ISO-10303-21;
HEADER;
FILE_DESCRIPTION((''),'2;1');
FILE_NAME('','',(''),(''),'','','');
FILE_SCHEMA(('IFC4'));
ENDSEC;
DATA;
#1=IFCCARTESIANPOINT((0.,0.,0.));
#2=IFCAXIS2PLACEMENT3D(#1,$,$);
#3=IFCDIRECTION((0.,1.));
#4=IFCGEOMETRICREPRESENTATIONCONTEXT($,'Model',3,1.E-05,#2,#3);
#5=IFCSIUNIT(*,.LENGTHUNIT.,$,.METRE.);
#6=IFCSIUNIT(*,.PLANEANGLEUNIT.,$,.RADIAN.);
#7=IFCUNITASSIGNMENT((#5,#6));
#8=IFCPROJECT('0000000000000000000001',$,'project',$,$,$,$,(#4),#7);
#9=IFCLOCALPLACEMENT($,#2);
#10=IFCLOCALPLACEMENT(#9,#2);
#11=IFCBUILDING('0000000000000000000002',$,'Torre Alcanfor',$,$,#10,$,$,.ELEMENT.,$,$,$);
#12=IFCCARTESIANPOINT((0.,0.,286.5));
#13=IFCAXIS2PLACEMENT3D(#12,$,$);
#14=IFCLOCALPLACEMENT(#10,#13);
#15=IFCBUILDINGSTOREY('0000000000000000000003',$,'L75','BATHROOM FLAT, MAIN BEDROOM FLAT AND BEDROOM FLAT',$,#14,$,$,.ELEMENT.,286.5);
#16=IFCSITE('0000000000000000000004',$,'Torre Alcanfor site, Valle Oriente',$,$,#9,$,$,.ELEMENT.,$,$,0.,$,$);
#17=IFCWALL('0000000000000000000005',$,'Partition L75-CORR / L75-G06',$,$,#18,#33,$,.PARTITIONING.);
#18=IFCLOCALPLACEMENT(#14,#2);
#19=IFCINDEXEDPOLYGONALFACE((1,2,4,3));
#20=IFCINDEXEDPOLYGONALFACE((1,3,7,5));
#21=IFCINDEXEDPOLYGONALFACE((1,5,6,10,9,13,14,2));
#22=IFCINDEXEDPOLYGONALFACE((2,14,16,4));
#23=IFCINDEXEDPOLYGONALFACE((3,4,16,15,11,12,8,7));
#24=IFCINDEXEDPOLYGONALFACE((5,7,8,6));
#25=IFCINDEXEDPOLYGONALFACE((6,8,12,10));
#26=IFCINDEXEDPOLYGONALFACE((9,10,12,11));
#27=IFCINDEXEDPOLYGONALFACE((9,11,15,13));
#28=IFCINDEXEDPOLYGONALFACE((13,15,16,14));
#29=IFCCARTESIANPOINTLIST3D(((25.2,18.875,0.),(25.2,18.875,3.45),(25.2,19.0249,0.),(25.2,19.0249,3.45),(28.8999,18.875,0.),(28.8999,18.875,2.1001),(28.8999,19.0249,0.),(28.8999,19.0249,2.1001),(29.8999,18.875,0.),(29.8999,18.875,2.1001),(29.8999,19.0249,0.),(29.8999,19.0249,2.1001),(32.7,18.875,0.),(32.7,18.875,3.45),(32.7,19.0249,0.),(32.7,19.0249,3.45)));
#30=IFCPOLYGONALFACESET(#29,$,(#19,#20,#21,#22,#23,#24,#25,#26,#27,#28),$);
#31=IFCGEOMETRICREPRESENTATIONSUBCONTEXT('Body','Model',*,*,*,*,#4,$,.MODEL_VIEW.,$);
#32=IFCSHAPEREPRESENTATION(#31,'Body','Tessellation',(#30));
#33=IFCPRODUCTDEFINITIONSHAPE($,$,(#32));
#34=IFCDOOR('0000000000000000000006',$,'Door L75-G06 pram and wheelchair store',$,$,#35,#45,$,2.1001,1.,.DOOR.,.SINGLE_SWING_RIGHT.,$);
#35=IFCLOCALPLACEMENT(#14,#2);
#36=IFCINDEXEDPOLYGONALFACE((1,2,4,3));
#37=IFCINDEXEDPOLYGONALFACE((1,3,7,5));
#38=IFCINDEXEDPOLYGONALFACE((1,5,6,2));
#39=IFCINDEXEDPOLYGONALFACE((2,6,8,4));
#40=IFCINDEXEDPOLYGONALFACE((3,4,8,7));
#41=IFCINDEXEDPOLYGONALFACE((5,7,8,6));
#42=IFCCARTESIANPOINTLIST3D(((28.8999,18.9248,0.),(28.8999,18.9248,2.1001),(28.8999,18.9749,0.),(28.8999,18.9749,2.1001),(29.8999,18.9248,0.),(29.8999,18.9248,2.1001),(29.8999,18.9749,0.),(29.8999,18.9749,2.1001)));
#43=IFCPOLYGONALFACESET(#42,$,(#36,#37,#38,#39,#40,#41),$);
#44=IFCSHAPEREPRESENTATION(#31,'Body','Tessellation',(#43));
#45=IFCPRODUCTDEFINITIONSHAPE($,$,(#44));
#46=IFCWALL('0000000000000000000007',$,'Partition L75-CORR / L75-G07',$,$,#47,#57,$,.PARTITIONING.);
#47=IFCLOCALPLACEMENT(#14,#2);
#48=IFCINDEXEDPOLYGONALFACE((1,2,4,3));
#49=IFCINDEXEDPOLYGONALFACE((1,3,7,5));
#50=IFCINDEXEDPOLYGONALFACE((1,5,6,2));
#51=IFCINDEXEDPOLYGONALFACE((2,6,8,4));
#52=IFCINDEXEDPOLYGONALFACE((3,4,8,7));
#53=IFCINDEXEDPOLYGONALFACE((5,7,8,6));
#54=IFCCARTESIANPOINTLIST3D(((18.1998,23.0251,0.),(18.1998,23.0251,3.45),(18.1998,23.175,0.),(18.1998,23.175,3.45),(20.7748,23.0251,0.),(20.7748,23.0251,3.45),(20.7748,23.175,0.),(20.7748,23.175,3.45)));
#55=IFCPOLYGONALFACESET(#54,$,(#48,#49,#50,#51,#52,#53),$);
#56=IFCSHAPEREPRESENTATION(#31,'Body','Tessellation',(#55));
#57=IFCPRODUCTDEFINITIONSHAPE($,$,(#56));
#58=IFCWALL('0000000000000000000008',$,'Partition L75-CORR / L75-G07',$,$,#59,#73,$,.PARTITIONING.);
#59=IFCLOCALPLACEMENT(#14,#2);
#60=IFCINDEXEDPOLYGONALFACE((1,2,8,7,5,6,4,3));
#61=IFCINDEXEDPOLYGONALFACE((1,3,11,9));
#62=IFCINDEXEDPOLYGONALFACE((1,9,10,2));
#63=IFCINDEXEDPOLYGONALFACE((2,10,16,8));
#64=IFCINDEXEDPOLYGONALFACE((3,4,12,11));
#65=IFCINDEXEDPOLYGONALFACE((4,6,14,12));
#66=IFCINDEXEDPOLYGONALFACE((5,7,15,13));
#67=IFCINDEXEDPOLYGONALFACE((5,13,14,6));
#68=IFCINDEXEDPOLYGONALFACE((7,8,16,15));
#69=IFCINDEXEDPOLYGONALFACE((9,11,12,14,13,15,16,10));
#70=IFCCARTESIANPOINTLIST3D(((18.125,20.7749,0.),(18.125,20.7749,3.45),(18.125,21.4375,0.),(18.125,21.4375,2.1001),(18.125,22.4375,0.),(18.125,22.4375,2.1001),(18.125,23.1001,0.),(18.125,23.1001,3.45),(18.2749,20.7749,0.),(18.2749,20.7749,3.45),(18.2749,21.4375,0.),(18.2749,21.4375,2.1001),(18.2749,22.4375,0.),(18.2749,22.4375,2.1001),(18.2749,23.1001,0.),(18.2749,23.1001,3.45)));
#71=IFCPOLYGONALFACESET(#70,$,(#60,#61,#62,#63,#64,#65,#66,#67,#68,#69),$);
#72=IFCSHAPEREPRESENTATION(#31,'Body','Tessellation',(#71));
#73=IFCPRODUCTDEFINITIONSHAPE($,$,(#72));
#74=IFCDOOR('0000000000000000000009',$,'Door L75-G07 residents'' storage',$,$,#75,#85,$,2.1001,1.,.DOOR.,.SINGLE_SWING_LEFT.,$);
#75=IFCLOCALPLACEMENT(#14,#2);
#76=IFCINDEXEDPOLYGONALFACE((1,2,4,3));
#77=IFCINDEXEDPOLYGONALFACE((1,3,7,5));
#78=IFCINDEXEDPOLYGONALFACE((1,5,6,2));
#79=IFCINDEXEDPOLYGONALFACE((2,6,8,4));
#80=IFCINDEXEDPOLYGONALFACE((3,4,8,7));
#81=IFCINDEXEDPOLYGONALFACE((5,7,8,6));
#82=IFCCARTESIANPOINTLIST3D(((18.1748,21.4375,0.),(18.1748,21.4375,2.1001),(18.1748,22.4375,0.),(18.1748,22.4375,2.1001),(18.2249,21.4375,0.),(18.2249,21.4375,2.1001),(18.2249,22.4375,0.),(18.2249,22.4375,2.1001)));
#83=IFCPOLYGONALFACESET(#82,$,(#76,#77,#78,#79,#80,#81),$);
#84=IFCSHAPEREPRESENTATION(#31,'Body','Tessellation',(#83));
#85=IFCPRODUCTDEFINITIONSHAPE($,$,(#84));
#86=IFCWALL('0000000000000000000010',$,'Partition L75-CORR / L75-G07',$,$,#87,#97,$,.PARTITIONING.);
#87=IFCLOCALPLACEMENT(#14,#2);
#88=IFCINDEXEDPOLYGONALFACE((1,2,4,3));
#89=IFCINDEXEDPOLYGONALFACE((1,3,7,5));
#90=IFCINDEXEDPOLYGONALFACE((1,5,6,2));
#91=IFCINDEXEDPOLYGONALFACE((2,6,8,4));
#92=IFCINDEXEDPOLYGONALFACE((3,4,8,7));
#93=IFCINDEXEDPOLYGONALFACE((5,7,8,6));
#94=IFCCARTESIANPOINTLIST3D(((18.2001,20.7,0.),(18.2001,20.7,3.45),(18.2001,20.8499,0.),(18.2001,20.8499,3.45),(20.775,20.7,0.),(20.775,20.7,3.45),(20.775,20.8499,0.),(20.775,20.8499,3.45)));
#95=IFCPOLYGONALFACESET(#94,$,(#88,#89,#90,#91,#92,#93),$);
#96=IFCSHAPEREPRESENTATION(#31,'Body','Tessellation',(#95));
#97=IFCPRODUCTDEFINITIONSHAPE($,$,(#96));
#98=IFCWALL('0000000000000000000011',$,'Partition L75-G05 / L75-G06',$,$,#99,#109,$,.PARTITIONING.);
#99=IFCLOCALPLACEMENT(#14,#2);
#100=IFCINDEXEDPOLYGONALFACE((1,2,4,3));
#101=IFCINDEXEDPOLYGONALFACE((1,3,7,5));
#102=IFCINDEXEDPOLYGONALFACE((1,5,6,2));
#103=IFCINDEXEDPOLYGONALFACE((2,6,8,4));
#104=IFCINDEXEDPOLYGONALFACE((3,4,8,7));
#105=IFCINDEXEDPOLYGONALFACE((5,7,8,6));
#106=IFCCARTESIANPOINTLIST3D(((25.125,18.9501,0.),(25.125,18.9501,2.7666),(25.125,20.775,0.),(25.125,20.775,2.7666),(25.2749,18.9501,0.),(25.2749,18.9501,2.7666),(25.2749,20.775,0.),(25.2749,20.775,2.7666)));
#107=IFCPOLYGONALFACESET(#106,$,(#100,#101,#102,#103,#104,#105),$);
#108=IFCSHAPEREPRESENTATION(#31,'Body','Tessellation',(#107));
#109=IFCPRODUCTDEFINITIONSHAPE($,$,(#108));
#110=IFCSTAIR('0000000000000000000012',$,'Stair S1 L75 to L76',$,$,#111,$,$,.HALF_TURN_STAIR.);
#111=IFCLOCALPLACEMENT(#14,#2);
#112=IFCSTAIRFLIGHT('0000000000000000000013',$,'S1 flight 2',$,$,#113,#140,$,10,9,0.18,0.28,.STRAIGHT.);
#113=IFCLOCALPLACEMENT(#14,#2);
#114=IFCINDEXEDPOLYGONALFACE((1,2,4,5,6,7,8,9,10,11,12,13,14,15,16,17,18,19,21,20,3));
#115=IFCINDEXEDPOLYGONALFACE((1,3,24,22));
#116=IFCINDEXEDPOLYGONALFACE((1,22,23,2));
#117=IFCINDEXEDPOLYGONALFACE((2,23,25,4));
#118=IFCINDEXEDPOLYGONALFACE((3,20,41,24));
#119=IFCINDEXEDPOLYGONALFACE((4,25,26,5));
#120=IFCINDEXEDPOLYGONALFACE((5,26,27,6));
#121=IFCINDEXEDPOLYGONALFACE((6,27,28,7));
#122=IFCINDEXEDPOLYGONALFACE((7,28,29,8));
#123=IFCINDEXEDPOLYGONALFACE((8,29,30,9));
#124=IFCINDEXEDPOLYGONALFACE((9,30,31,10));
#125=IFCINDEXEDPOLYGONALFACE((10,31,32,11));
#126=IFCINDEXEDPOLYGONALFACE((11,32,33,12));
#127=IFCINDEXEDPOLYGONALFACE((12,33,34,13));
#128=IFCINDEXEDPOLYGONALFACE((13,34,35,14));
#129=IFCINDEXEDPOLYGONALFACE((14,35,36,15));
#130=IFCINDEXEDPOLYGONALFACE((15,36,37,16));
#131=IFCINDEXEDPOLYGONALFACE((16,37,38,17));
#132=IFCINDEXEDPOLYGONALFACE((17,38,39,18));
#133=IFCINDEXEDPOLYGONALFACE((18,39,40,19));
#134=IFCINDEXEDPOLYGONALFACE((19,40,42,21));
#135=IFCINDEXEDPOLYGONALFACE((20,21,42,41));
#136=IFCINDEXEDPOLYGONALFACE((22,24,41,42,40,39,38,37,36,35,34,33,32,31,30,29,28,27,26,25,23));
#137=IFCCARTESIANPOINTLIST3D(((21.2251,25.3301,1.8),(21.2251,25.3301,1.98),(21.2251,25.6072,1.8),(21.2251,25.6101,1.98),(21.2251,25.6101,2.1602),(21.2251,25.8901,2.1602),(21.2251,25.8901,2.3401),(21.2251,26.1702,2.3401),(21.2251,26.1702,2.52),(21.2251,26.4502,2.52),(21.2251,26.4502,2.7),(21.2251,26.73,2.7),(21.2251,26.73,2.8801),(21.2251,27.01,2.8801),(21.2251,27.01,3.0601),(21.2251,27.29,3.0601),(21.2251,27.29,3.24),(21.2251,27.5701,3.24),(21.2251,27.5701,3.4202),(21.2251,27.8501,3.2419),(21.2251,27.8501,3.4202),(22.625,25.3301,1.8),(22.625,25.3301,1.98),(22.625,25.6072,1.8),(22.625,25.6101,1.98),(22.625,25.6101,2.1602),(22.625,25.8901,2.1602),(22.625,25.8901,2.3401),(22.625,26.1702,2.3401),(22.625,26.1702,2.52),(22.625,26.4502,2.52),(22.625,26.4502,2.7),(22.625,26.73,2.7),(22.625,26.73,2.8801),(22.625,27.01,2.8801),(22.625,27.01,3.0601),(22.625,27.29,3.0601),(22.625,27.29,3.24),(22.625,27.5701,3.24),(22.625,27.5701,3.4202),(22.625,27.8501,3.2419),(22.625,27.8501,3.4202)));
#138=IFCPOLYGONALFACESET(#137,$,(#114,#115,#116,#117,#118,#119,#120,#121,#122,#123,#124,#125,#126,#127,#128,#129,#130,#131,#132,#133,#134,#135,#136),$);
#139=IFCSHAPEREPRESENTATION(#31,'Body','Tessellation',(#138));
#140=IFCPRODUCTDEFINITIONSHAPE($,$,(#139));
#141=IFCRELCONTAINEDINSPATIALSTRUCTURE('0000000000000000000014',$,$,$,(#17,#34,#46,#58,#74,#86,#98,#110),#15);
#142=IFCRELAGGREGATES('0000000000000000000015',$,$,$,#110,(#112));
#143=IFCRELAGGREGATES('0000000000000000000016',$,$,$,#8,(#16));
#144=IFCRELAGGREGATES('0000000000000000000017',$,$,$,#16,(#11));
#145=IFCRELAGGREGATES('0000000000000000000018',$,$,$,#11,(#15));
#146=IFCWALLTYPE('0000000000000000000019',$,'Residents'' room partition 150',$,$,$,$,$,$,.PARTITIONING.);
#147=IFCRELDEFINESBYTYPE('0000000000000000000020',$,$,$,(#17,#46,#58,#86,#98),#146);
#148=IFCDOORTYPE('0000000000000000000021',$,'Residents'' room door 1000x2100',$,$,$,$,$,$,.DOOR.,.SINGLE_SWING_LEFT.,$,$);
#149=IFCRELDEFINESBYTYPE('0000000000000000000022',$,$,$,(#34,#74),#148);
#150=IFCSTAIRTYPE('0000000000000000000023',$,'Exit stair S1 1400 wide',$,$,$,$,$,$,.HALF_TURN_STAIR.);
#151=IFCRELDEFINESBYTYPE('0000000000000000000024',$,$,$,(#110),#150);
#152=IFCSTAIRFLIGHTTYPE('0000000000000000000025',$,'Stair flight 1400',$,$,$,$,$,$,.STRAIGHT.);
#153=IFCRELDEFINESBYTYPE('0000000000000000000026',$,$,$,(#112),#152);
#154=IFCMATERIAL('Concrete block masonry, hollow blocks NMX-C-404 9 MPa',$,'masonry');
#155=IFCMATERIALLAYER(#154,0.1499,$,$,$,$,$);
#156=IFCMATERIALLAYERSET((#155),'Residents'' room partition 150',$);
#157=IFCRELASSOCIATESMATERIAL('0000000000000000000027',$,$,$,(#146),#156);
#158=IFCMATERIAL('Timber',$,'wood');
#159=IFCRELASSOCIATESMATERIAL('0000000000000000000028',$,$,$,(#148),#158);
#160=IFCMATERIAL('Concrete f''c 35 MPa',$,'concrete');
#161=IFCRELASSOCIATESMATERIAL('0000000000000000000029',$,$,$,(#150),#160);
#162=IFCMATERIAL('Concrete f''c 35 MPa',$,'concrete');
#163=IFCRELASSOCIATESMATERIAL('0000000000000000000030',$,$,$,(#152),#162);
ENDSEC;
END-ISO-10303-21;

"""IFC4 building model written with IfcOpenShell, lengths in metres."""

from ifc_helpers import new_model, si_unit, direction, frame, frame_2d, origin, place, context, subcontext, project, spatial, polyline, rectangle, outline, extrude, material, layer, layer_set, type_object, element, fill, aggregate, save


model = new_model("IFC4")

# Units and contexts
model_context = context("Model", 3, precision=1e-05, world=origin(), true_north=direction((0.0, 1.0)))
body_context = subcontext(model_context, "Body", "Model", "MODEL_VIEW")
ifc_project = project(units=[si_unit("LENGTHUNIT", "METRE"), si_unit("PLANEANGLEUNIT", "RADIAN")], contexts=[model_context])

# Site, building, storey
site_placement = place(None, origin())
site = spatial("IfcSite", under=ifc_project, at=site_placement, Name="Torre Alcanfor site, Valle Oriente", CompositionType="ELEMENT", RefElevation=0.0)
building_placement = place(site_placement, origin())
building = spatial("IfcBuilding", under=site, at=building_placement, Name="Torre Alcanfor", CompositionType="ELEMENT")
storey_placement = place(building_placement, frame((0.0, 0.0, 286.5)))
storey = spatial("IfcBuildingStorey", under=building, at=storey_placement, Name="L75", Description="BATHROOM FLAT, MAIN BEDROOM FLAT AND BEDROOM FLAT", CompositionType="ELEMENT", Elevation=286.5)

# Shared definitions
ifc_material_1 = material(Name="Concrete block masonry, hollow blocks NMX-C-404 9 MPa", Category="masonry")
ifc_layer_1 = layer(ifc_material_1, 0.1499)
ifc_layer_set_1 = layer_set([ifc_layer_1], Name="Residents' room partition 150")
wall_type_1 = type_object("IfcWallType", Name="Residents' room partition 150", PredefinedType="PARTITIONING", material=ifc_layer_set_1)

# Wall, opening, door
ifc_material_2 = material(Name="Timber", Category="wood")
door_type_1 = type_object("IfcDoorType", Name="Residents' room door 1000x2100", OperationType="SINGLE_SWING_LEFT", PredefinedType="DOOR", material=ifc_material_2)
wall_1_placement = place(storey_placement, frame((25.2, 18.95, 0.0), z_axis=(0.0, 0.0, 1.0), x_axis=(1.0, 0.0, 0.0)))
wall_1 = element("IfcWall", 1, at=wall_1_placement, inside=storey, type_object=wall_type_1, Name="Partition L75-CORR / L75-G06", PredefinedType="PARTITIONING", context=body_context, shape_type="SweptSolid", body=[
    extrude(rectangle(XDim=7.5, YDim=0.1499, at=frame_2d((3.75, 0.0))), origin(), (0.0, 0.0, 1.0), 3.45),
])
opening_1_placement = place(wall_1_placement, frame((3.7, 0.0, 0.0)))
opening_1 = element("IfcOpeningElement", 2, at=opening_1_placement, cuts=wall_1, PredefinedType="OPENING", context=body_context, shape_type="SweptSolid", body=[
    extrude(rectangle(XDim=1.0, YDim=2.1001, at=frame_2d((0.5, 1.05))), frame((0.0, 0.085, 0.0), z_axis=(0.0, -1.0, 0.0), x_axis=(1.0, 0.0, 0.0)), (0.0, 0.0, 1.0), 0.1699),
])
door_1_placement = place(opening_1_placement, origin())
door_1 = element("IfcDoor", 3, at=door_1_placement, inside=storey, type_object=door_type_1, Name="Door L75-G06 pram and wheelchair store", OperationType="SINGLE_SWING_RIGHT", OverallHeight=2.1001, OverallWidth=1.0, PredefinedType="DOOR", context=body_context, shape_type="SweptSolid", body=[
    extrude(rectangle(XDim=1.0, YDim=2.1001, at=frame_2d((0.5, 1.05))), frame((0.0, 0.0249, 0.0), z_axis=(0.0, -1.0, 0.0), x_axis=(1.0, 0.0, 0.0)), (0.0, 0.0, 1.0), 0.05),
])
fill(opening_1, door_1)

# Wall
wall_2_placement = place(storey_placement, frame((20.7749, 23.1001, 0.0), z_axis=(0.0, 0.0, 1.0), x_axis=(-1.0, 0.0, 0.0)))
element("IfcWall", 4, at=wall_2_placement, inside=storey, type_object=wall_type_1, Name="Partition L75-CORR / L75-G07", PredefinedType="PARTITIONING", context=body_context, shape_type="SweptSolid", body=[
    extrude(rectangle(XDim=2.575, YDim=0.1499, at=frame_2d((1.2876, 0.0))), origin(), (0.0, 0.0, 1.0), 3.45),
])

# Wall, opening, door
wall_3_placement = place(storey_placement, frame((18.2, 23.1001, 0.0), z_axis=(0.0, 0.0, 1.0), x_axis=(0.0, -1.0, 0.0)))
wall_3 = element("IfcWall", 5, at=wall_3_placement, inside=storey, type_object=wall_type_1, Name="Partition L75-CORR / L75-G07", PredefinedType="PARTITIONING", context=body_context, shape_type="SweptSolid", body=[
    extrude(rectangle(XDim=2.3252, YDim=0.1499, at=frame_2d((1.1626, 0.0))), origin(), (0.0, 0.0, 1.0), 3.45),
])
opening_2_placement = place(wall_3_placement, frame((0.6626, 0.0, 0.0)))
opening_2 = element("IfcOpeningElement", 6, at=opening_2_placement, cuts=wall_3, PredefinedType="OPENING", context=body_context, shape_type="SweptSolid", body=[
    extrude(rectangle(XDim=1.0, YDim=2.1001, at=frame_2d((0.5, 1.05))), frame((0.0, 0.085, 0.0), z_axis=(0.0, -1.0, 0.0), x_axis=(1.0, 0.0, 0.0)), (0.0, 0.0, 1.0), 0.1699),
])
door_2_placement = place(opening_2_placement, origin())
door_2 = element("IfcDoor", 7, at=door_2_placement, inside=storey, type_object=door_type_1, Name="Door L75-G07 residents' storage", OperationType="SINGLE_SWING_LEFT", OverallHeight=2.1001, OverallWidth=1.0, PredefinedType="DOOR", context=body_context, shape_type="SweptSolid", body=[
    extrude(rectangle(XDim=1.0, YDim=2.1001, at=frame_2d((0.5, 1.05))), frame((0.0, 0.0249, 0.0), z_axis=(0.0, -1.0, 0.0), x_axis=(1.0, 0.0, 0.0)), (0.0, 0.0, 1.0), 0.05),
])
fill(opening_2, door_2)

# Walls
wall_4_placement = place(storey_placement, frame((18.2, 20.7749, 0.0), z_axis=(0.0, 0.0, 1.0), x_axis=(1.0, 0.0, 0.0)))
element("IfcWall", 8, at=wall_4_placement, inside=storey, type_object=wall_type_1, Name="Partition L75-CORR / L75-G07", PredefinedType="PARTITIONING", context=body_context, shape_type="SweptSolid", body=[
    extrude(rectangle(XDim=2.575, YDim=0.1499, at=frame_2d((1.2876, 0.0))), origin(), (0.0, 0.0, 1.0), 3.45),
])
wall_5_placement = place(storey_placement, frame((25.2, 18.95, 0.0), z_axis=(0.0, 0.0, 1.0), x_axis=(0.0, 1.0, 0.0)))
element("IfcWall", 9, at=wall_5_placement, inside=storey, type_object=wall_type_1, Name="Partition L75-G05 / L75-G06", PredefinedType="PARTITIONING", context=body_context, shape_type="SweptSolid", body=[
    extrude(rectangle(XDim=1.825, YDim=0.1499, at=frame_2d((0.9126, 0.0))), origin(), (0.0, 0.0, 1.0), 2.7666),
])

# Stair, stair flight
ifc_material_3 = material(Name="Concrete f'c 35 MPa", Category="concrete")
stair_type = type_object("IfcStairType", Name="Exit stair S1 1400 wide", PredefinedType="HALF_TURN_STAIR", material=ifc_material_3)
stair_placement = place(storey_placement, origin())
stair = element("IfcStair", 10, at=stair_placement, inside=storey, type_object=stair_type, Name="Stair S1 L75 to L76", PredefinedType="HALF_TURN_STAIR")
ifc_material_4 = material(Name="Concrete f'c 35 MPa", Category="concrete")
stair_flight_type = type_object("IfcStairFlightType", Name="Stair flight 1400", PredefinedType="STRAIGHT", material=ifc_material_4)
stair_flight_placement = place(storey_placement, frame((21.925, 25.3301, 1.8), z_axis=(0.0, 0.0, 1.0), x_axis=(0.0, 1.0, 0.0)))
stair_flight = element("IfcStairFlight", 11, at=stair_flight_placement, type_object=stair_flight_type, Name="S1 flight 2", NumberOfRisers=10, NumberOfTreads=9, PredefinedType="STRAIGHT", RiserHeight=0.18, TreadLength=0.28, context=body_context, shape_type="SweptSolid", body=[
    extrude(outline(polyline([(0.0, 0.0), (0.0, 0.1799), (0.28, 0.1799), (0.28, 0.3601), (0.5601, 0.3601), (0.5601, 0.54), (0.8401, 0.54), (0.8401, 0.72), (1.1201, 0.72), (1.1201, 0.8999), (1.3999, 0.8999), (1.3999, 1.0801), (1.6799, 1.0801), (1.6799, 1.26), (1.96, 1.26), (1.96, 1.4399), (2.24, 1.4399), (2.24, 1.6201), (2.52, 1.6201), (2.52, 1.8), (2.52, 1.4419), (0.2771, 0.0), (0.0, 0.0)])), frame((0.0, 0.7, 0.0), z_axis=(0.0, -1.0, 0.0), x_axis=(1.0, 0.0, 0.0)), (0.0, 0.0, 1.0), 1.3999),
])
aggregate(stair, [stair_flight])

save(model, "model.ifc")
